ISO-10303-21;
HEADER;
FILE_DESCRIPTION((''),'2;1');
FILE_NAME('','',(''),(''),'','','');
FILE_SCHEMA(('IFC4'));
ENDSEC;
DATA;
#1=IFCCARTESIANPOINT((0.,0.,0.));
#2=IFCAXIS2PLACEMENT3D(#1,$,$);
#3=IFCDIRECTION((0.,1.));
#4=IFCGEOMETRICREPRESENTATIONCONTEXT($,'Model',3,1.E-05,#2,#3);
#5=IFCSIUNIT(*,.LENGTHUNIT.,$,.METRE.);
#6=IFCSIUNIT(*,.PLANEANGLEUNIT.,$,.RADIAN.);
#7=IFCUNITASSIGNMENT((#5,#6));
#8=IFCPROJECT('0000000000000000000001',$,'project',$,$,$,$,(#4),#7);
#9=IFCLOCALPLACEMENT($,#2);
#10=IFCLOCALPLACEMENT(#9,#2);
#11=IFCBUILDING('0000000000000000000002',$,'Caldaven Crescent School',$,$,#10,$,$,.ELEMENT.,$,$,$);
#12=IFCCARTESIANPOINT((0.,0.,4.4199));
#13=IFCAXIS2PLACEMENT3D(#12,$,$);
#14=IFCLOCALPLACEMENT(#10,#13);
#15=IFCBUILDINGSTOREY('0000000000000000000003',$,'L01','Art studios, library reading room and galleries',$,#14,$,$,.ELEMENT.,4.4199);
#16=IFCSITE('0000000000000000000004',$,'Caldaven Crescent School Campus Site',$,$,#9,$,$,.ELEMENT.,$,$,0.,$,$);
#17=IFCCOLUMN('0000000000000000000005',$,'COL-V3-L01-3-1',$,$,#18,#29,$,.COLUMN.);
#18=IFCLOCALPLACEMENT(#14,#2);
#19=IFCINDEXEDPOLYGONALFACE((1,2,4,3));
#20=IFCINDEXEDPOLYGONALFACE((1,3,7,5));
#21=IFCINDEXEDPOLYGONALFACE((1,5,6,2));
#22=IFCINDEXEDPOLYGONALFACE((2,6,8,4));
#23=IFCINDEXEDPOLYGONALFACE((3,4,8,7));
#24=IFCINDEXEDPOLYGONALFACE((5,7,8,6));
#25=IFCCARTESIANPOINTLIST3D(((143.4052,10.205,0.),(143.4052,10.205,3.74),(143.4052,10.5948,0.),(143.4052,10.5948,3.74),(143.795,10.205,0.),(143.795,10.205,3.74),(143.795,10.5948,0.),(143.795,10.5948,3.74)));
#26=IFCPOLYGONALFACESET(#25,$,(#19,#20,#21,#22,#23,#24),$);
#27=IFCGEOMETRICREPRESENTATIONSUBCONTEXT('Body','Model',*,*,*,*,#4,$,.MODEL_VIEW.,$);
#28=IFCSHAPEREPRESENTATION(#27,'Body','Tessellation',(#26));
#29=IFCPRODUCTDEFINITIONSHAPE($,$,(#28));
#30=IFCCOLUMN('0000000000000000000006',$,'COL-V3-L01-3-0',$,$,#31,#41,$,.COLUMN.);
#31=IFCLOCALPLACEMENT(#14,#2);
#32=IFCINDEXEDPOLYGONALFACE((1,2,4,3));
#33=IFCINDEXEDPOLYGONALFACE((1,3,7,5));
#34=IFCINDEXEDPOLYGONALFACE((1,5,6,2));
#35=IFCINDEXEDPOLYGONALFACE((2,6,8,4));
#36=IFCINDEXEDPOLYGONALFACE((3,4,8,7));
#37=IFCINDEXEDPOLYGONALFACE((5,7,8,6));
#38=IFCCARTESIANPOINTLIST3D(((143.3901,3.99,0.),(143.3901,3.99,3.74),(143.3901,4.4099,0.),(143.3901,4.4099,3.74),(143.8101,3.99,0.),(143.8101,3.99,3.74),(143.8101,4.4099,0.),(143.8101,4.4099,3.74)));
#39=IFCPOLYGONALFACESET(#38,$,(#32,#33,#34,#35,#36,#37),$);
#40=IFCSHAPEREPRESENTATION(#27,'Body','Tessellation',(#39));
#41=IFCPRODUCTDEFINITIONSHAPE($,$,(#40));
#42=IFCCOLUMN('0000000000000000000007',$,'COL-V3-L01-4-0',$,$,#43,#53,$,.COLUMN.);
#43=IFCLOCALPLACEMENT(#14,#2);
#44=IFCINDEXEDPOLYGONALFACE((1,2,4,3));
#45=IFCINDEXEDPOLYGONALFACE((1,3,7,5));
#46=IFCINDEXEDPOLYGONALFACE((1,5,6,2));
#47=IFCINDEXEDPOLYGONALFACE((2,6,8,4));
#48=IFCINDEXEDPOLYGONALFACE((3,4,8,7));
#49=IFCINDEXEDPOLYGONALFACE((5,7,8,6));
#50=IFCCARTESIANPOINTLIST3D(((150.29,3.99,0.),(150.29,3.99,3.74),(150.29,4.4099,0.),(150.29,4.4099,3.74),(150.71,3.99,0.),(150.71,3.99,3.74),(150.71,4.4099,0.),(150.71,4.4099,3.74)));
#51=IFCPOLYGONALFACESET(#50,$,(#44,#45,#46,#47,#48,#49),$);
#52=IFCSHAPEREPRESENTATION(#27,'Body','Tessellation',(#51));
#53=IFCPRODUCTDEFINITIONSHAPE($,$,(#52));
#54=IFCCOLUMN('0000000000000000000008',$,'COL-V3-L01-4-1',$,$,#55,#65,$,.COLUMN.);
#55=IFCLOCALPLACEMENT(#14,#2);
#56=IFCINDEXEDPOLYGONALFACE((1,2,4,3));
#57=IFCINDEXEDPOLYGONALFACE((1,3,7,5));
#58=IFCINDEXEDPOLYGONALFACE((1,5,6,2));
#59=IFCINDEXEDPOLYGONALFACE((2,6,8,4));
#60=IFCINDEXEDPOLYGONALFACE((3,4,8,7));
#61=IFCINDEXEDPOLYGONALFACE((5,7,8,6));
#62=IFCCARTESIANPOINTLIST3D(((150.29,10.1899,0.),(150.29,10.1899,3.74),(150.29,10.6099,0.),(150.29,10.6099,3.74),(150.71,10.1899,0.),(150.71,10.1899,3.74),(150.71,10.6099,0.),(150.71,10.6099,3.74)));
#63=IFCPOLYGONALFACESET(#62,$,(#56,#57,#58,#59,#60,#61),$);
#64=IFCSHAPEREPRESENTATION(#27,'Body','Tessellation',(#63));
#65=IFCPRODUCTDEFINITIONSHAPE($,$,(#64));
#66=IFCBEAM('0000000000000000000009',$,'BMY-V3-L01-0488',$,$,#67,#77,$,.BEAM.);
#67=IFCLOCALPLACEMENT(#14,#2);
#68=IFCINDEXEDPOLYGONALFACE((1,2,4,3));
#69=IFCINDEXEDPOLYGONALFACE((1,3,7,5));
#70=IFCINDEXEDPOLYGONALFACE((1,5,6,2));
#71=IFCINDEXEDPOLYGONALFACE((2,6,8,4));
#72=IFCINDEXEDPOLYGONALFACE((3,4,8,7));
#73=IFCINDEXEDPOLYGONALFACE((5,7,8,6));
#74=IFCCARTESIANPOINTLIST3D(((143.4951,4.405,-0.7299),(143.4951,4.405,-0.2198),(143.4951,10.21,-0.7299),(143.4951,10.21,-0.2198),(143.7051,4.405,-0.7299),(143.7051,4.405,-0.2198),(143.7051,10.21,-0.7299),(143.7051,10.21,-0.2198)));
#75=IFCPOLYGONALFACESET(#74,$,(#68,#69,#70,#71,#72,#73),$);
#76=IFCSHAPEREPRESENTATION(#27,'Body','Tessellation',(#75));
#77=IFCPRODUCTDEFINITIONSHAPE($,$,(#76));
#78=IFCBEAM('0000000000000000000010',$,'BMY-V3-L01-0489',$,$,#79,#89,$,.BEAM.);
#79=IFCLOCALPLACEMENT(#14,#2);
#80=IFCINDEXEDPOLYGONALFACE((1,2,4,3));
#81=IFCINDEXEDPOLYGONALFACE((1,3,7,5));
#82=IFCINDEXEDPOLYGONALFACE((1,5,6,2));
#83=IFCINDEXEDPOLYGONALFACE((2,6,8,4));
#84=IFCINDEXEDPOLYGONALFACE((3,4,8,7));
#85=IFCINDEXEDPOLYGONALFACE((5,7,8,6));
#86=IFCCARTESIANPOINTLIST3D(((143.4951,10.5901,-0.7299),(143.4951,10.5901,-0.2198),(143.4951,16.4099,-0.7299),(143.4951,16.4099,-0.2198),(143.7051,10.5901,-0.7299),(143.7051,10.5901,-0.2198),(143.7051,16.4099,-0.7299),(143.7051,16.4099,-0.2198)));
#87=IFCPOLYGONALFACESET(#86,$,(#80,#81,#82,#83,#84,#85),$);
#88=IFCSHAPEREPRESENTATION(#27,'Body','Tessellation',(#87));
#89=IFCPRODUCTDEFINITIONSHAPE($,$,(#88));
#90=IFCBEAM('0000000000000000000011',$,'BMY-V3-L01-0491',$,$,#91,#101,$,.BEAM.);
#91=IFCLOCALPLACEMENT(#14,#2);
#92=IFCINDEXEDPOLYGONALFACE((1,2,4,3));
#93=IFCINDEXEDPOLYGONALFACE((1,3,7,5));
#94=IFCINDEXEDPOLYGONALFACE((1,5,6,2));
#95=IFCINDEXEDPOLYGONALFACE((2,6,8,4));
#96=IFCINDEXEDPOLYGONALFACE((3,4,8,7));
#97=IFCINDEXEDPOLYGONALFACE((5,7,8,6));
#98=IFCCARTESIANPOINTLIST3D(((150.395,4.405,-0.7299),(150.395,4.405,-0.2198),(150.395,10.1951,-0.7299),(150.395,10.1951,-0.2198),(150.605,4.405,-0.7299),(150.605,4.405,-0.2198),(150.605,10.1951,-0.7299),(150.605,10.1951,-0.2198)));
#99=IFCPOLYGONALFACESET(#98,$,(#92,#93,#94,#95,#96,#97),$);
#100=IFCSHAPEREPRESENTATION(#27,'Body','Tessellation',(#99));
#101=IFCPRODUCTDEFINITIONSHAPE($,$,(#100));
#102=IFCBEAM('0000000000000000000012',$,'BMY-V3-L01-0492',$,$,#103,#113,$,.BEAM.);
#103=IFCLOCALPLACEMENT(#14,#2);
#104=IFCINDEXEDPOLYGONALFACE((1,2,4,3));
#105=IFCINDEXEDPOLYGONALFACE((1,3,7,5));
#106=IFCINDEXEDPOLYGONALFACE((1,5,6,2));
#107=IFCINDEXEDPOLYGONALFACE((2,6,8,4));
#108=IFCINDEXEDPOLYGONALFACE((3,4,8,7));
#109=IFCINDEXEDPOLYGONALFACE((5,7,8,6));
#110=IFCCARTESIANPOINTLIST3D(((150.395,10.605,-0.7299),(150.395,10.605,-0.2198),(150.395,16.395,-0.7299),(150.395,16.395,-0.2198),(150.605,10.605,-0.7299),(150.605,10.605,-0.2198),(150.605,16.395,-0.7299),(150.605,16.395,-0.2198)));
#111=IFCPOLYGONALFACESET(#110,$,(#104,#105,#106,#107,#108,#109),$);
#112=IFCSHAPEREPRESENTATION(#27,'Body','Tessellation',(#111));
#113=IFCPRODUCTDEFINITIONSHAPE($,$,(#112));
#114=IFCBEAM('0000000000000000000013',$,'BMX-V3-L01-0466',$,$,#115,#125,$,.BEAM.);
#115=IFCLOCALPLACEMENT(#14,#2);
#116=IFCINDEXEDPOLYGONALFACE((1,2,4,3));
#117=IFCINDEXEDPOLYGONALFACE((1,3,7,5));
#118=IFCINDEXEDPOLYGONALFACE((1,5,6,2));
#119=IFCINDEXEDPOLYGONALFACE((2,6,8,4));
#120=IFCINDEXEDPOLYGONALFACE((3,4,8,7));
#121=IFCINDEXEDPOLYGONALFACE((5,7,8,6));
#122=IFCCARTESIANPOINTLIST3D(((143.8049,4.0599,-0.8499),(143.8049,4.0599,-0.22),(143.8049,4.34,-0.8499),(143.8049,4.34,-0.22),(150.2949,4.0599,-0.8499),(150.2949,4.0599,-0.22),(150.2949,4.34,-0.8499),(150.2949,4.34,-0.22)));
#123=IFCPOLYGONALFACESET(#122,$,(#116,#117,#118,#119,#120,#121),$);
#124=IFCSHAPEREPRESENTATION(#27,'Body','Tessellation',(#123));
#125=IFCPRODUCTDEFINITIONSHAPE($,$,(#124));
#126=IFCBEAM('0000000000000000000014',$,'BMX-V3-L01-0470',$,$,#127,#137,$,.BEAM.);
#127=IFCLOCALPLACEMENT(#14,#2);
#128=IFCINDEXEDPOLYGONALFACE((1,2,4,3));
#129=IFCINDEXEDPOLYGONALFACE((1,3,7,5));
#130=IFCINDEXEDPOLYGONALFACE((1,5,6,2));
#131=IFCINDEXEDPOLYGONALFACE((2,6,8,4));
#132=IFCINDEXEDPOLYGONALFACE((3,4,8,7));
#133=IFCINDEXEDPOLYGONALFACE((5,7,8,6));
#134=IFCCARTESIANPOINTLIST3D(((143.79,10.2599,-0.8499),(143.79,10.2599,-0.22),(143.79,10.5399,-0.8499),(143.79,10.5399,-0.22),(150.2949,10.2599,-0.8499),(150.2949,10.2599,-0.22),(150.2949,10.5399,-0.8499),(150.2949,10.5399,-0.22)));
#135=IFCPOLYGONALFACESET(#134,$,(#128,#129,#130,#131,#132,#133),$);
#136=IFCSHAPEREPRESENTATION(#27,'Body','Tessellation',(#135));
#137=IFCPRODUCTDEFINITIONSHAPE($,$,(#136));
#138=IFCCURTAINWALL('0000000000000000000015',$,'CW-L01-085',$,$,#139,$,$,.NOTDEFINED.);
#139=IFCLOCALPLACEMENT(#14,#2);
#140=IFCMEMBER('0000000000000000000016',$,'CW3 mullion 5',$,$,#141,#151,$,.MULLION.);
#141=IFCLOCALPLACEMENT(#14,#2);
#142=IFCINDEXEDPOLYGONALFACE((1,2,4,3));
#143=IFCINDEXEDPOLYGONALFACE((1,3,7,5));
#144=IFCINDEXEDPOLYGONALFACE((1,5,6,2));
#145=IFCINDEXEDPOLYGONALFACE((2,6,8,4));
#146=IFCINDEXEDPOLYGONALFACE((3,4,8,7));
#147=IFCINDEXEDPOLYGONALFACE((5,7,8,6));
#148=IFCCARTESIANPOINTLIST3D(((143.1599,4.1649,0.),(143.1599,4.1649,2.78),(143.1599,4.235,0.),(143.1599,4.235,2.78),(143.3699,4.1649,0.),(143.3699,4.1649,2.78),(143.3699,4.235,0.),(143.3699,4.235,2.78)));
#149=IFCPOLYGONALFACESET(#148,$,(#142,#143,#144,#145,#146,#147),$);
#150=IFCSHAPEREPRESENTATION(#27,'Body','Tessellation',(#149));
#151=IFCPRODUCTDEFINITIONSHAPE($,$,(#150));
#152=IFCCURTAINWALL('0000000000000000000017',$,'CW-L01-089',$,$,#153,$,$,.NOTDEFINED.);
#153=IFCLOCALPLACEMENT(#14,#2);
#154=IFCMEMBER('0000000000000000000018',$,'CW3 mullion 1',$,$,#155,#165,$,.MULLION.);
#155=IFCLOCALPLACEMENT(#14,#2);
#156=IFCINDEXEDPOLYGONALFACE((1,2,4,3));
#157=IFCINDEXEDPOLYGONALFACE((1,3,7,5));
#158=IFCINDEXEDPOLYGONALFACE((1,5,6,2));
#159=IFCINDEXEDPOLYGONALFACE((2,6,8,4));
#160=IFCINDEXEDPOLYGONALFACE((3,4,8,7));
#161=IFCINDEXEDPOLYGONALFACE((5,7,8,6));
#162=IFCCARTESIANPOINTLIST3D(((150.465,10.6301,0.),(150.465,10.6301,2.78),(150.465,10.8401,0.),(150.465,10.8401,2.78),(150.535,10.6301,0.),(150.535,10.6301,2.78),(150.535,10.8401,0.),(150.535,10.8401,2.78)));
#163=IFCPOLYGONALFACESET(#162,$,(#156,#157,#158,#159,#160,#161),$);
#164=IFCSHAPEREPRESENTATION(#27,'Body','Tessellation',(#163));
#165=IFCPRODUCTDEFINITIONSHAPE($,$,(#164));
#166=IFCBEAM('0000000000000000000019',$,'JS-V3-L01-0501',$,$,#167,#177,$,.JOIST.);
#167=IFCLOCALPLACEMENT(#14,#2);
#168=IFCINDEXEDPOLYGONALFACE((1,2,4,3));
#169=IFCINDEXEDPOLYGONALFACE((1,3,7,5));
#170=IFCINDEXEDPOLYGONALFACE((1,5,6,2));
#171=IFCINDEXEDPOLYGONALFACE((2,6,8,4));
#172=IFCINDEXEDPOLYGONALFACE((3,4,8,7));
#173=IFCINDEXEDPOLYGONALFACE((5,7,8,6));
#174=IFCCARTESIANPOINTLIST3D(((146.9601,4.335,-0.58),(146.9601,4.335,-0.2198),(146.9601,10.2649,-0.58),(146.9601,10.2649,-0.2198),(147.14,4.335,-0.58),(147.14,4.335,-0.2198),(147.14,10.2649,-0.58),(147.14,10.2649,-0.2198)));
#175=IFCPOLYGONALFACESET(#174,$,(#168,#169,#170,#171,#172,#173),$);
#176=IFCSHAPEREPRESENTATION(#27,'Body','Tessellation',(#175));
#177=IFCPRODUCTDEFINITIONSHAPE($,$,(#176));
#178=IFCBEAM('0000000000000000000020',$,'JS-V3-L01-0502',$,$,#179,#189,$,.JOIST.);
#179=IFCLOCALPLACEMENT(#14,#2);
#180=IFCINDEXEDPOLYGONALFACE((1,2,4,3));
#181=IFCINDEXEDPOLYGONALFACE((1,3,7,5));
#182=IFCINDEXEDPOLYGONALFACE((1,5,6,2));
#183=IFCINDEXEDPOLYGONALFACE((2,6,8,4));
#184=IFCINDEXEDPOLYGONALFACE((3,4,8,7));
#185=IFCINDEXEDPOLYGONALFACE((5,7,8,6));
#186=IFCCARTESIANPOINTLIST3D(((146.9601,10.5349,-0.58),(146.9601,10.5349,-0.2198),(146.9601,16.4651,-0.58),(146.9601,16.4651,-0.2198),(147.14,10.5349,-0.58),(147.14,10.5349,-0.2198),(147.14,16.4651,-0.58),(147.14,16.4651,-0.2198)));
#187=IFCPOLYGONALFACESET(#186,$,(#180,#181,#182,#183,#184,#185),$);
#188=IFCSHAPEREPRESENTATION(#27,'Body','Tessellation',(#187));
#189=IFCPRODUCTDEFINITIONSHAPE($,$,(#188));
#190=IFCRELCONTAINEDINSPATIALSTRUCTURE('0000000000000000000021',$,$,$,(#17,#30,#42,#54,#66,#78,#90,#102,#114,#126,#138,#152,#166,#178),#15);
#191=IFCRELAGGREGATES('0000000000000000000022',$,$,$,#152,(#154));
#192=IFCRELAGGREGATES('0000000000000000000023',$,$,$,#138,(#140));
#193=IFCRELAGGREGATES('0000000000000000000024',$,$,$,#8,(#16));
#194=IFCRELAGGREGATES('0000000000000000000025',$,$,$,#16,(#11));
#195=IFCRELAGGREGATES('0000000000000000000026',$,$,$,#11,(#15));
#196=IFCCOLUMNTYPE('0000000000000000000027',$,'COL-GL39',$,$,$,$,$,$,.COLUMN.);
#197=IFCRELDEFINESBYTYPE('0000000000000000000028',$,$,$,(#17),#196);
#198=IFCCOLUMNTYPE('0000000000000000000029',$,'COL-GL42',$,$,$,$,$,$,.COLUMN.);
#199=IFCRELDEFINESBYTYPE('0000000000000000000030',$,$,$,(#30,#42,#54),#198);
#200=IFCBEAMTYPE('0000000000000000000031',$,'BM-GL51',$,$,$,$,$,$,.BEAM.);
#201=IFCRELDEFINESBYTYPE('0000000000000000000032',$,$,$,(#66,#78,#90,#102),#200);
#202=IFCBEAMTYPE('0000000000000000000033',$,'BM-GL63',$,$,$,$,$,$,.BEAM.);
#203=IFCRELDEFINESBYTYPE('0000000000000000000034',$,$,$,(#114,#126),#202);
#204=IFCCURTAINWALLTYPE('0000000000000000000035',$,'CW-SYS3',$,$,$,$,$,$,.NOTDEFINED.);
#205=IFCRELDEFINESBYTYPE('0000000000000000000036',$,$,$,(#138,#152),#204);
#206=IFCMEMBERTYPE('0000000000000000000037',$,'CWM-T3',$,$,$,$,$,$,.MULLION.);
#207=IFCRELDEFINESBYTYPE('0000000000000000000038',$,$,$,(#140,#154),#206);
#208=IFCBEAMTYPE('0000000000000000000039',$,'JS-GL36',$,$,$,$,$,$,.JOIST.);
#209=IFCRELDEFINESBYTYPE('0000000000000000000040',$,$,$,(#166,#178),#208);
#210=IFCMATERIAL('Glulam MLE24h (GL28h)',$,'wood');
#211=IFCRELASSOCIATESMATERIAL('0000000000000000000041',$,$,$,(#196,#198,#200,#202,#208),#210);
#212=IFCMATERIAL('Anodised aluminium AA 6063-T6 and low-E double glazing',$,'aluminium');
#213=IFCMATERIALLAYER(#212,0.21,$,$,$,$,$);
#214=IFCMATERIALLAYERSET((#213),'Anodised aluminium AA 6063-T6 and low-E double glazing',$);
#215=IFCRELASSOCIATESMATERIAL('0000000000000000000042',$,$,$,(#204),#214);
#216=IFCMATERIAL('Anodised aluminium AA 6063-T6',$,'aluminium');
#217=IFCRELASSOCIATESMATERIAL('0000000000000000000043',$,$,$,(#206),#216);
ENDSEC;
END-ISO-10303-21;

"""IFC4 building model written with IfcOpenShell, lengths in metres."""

from ifc_helpers import new_model, si_unit, direction, frame, origin, origin_2d, place, context, subcontext, project, spatial, rectangle, extrude, material, layer, layer_set, material_profile, profile_set, type_object, element, aggregate, save


model = new_model("IFC4")

# Units and contexts
model_context = context("Model", 3, precision=1e-05, world=origin(), true_north=direction((0.0, 1.0)))
body_context = subcontext(model_context, "Body", "Model", "MODEL_VIEW")
ifc_project = project(units=[si_unit("LENGTHUNIT", "METRE"), si_unit("PLANEANGLEUNIT", "RADIAN")], contexts=[model_context])

# Site, building, storey
site_placement = place(None, origin())
site = spatial("IfcSite", under=ifc_project, at=site_placement, Name="Caldaven Crescent School Campus Site", CompositionType="ELEMENT", RefElevation=0.0)
building_placement = place(site_placement, origin())
building = spatial("IfcBuilding", under=site, at=building_placement, Name="Caldaven Crescent School", CompositionType="ELEMENT")
storey_placement = place(building_placement, frame((0.0, 0.0, 4.4199)))
storey = spatial("IfcBuildingStorey", under=building, at=storey_placement, Name="L01", Description="Art studios, library reading room and galleries", CompositionType="ELEMENT", Elevation=4.4199)

# Columns
ifc_material_1 = material(Name="Glulam MLE24h (GL28h)", Category="wood")
ifc_material_profile_1 = material_profile(ifc_material_1, rectangle(XDim=0.3899, YDim=0.3899, at=origin_2d()), Name="MLE 390x390")
ifc_profile_set_1 = profile_set([ifc_material_profile_1], Name="Glulam MLE24h (GL28h)")
column_type_1 = type_object("IfcColumnType", Name="COL-GL39", PredefinedType="COLUMN", material=ifc_profile_set_1)
column_placement = place(storey_placement, frame((143.6001, 10.3999, 0.0), z_axis=(0.0, 0.0, 1.0), x_axis=(1.0, 0.0, 0.0)))
element("IfcColumn", 1, at=column_placement, inside=storey, type_object=column_type_1, Name="COL-V3-L01-3-1", PredefinedType="COLUMN", context=body_context, shape_type="SweptSolid", body=[
    extrude(rectangle(XDim=0.3899, YDim=0.3899, at=origin_2d()), origin(), (0.0, 0.0, 1.0), 3.74),
])
ifc_material_profile_2 = material_profile(ifc_material_1, rectangle(XDim=0.4199, YDim=0.4199, at=origin_2d()), Name="MLE 420x420")
ifc_profile_set_2 = profile_set([ifc_material_profile_2], Name="Glulam MLE24h (GL28h)")
column_type_2 = type_object("IfcColumnType", Name="COL-GL42", PredefinedType="COLUMN", material=ifc_profile_set_2)
for number, where, z_axis, x_axis, name in (
    (2, (143.6001, 4.2, 0.0), (0.0, 0.0, 1.0), (1.0, 0.0, 0.0), "COL-V3-L01-3-0"),
    (3, (150.5, 4.2, 0.0), (0.0, 0.0, 1.0), (1.0, 0.0, 0.0), "COL-V3-L01-4-0"),
    (4, (150.5, 10.3999, 0.0), (0.0, 0.0, 1.0), (1.0, 0.0, 0.0), "COL-V3-L01-4-1"),
):
    element("IfcColumn", number, at=place(storey_placement, frame(where, z_axis=z_axis, x_axis=x_axis)), inside=storey, type_object=column_type_2, Name=name, PredefinedType="COLUMN", context=body_context, shape_type="SweptSolid", body=[
        extrude(rectangle(XDim=0.4199, YDim=0.4199, at=origin_2d()), origin(), (0.0, 0.0, 1.0), 3.74),
    ])

# Beams
ifc_material_profile_3 = material_profile(ifc_material_1, rectangle(XDim=0.21, YDim=0.51, at=origin_2d()), Name="MLE 210x510")
ifc_profile_set_3 = profile_set([ifc_material_profile_3], Name="Glulam MLE24h (GL28h)")
beam_type_1 = type_object("IfcBeamType", Name="BM-GL51", PredefinedType="BEAM", material=ifc_profile_set_3)
beam_1_placement = place(storey_placement, frame((143.6001, 4.405, -0.4749), z_axis=(0.0, 1.0, 0.0), x_axis=(-1.0, 0.0, 0.0)))
element("IfcBeam", 5, at=beam_1_placement, inside=storey, type_object=beam_type_1, Name="BMY-V3-L01-0488", PredefinedType="BEAM", context=body_context, shape_type="SweptSolid", body=[
    extrude(rectangle(XDim=0.21, YDim=0.51, at=origin_2d()), origin(), (0.0, 0.0, 1.0), 5.8049),
])
beam_2_placement = place(storey_placement, frame((143.6001, 10.5901, -0.4749), z_axis=(0.0, 1.0, 0.0), x_axis=(-1.0, 0.0, 0.0)))
element("IfcBeam", 6, at=beam_2_placement, inside=storey, type_object=beam_type_1, Name="BMY-V3-L01-0489", PredefinedType="BEAM", context=body_context, shape_type="SweptSolid", body=[
    extrude(rectangle(XDim=0.21, YDim=0.51, at=origin_2d()), origin(), (0.0, 0.0, 1.0), 5.8198),
])
for number, where, z_axis, x_axis, name in (
    (7, (150.5, 4.405, -0.4749), (0.0, 1.0, 0.0), (-1.0, 0.0, 0.0), "BMY-V3-L01-0491"),
    (8, (150.5, 10.605, -0.4749), (0.0, 1.0, 0.0), (-1.0, 0.0, 0.0), "BMY-V3-L01-0492"),
):
    element("IfcBeam", number, at=place(storey_placement, frame(where, z_axis=z_axis, x_axis=x_axis)), inside=storey, type_object=beam_type_1, Name=name, PredefinedType="BEAM", context=body_context, shape_type="SweptSolid", body=[
        extrude(rectangle(XDim=0.21, YDim=0.51, at=origin_2d()), origin(), (0.0, 0.0, 1.0), 5.79),
    ])
ifc_material_profile_4 = material_profile(ifc_material_1, rectangle(XDim=0.28, YDim=0.6299, at=origin_2d()), Name="MLE 280x630")
ifc_profile_set_4 = profile_set([ifc_material_profile_4], Name="Glulam MLE24h (GL28h)")
beam_type_2 = type_object("IfcBeamType", Name="BM-GL63", PredefinedType="BEAM", material=ifc_profile_set_4)
beam_3_placement = place(storey_placement, frame((143.8049, 4.2, -0.5349), z_axis=(1.0, 0.0, 0.0), x_axis=(0.0, 1.0, 0.0)))
element("IfcBeam", 9, at=beam_3_placement, inside=storey, type_object=beam_type_2, Name="BMX-V3-L01-0466", PredefinedType="BEAM", context=body_context, shape_type="SweptSolid", body=[
    extrude(rectangle(XDim=0.28, YDim=0.6299, at=origin_2d()), origin(), (0.0, 0.0, 1.0), 6.49),
])
beam_4_placement = place(storey_placement, frame((143.79, 10.3999, -0.5349), z_axis=(1.0, 0.0, 0.0), x_axis=(0.0, 1.0, 0.0)))
element("IfcBeam", 10, at=beam_4_placement, inside=storey, type_object=beam_type_2, Name="BMX-V3-L01-0470", PredefinedType="BEAM", context=body_context, shape_type="SweptSolid", body=[
    extrude(rectangle(XDim=0.28, YDim=0.6299, at=origin_2d()), origin(), (0.0, 0.0, 1.0), 6.5049),
])

# Curtain walls, members
ifc_material_2 = material(Name="Anodised aluminium AA 6063-T6 and low-E double glazing", Category="aluminium")
ifc_layer_1 = layer(ifc_material_2, 0.21)
ifc_layer_set_1 = layer_set([ifc_layer_1], Name="Anodised aluminium AA 6063-T6 and low-E double glazing")
curtain_wall_type = type_object("IfcCurtainWallType", Name="CW-SYS3", PredefinedType="NOTDEFINED", material=ifc_layer_set_1)
curtain_wall_1_placement = place(storey_placement, origin())
curtain_wall_1 = element("IfcCurtainWall", 11, at=curtain_wall_1_placement, inside=storey, type_object=curtain_wall_type, Name="CW-L01-085", PredefinedType="NOTDEFINED")
ifc_material_3 = material(Name="Anodised aluminium AA 6063-T6", Category="aluminium")
ifc_material_profile_5 = material_profile(ifc_material_3, rectangle(XDim=0.0701, YDim=0.21, at=origin_2d()), Name="CWM 70x210")
ifc_profile_set_5 = profile_set([ifc_material_profile_5], Name="Anodised aluminium AA 6063-T6")
member_type = type_object("IfcMemberType", Name="CWM-T3", PredefinedType="MULLION", material=ifc_profile_set_5)
member_1_placement = place(storey_placement, frame((143.2649, 4.2, 0.0), z_axis=(0.0, 0.0, 1.0), x_axis=(0.0, 1.0, 0.0)))
member_1 = element("IfcMember", 12, at=member_1_placement, type_object=member_type, Name="CW3 mullion 5", PredefinedType="MULLION", context=body_context, shape_type="SweptSolid", body=[
    extrude(rectangle(XDim=0.0701, YDim=0.21, at=origin_2d()), origin(), (0.0, 0.0, 1.0), 2.78),
])
curtain_wall_2_placement = place(storey_placement, origin())
curtain_wall_2 = element("IfcCurtainWall", 13, at=curtain_wall_2_placement, inside=storey, type_object=curtain_wall_type, Name="CW-L01-089", PredefinedType="NOTDEFINED")
member_2_placement = place(storey_placement, frame((150.5, 10.7351, 0.0), z_axis=(0.0, 0.0, 1.0), x_axis=(-1.0, 0.0, 0.0)))
member_2 = element("IfcMember", 14, at=member_2_placement, type_object=member_type, Name="CW3 mullion 1", PredefinedType="MULLION", context=body_context, shape_type="SweptSolid", body=[
    extrude(rectangle(XDim=0.0701, YDim=0.21, at=origin_2d()), origin(), (0.0, 0.0, 1.0), 2.78),
])
aggregate(curtain_wall_2, [member_2])

# Beams
ifc_material_profile_6 = material_profile(ifc_material_1, rectangle(XDim=0.1799, YDim=0.3601, at=origin_2d()), Name="MLE 180x360")
ifc_profile_set_6 = profile_set([ifc_material_profile_6], Name="Glulam MLE24h (GL28h)")
beam_type_3 = type_object("IfcBeamType", Name="JS-GL36", PredefinedType="JOIST", material=ifc_profile_set_6)
beam_5_placement = place(storey_placement, frame((147.05, 4.335, -0.3999), z_axis=(0.0, 1.0, 0.0), x_axis=(-1.0, 0.0, 0.0)))
element("IfcBeam", 15, at=beam_5_placement, inside=storey, type_object=beam_type_3, Name="JS-V3-L01-0501", PredefinedType="JOIST", context=body_context, shape_type="SweptSolid", body=[
    extrude(rectangle(XDim=0.1799, YDim=0.3601, at=origin_2d()), origin(), (0.0, 0.0, 1.0), 5.9299),
])
beam_6_placement = place(storey_placement, frame((147.05, 10.5349, -0.3999), z_axis=(0.0, 1.0, 0.0), x_axis=(-1.0, 0.0, 0.0)))
element("IfcBeam", 16, at=beam_6_placement, inside=storey, type_object=beam_type_3, Name="JS-V3-L01-0502", PredefinedType="JOIST", context=body_context, shape_type="SweptSolid", body=[
    extrude(rectangle(XDim=0.1799, YDim=0.3601, at=origin_2d()), origin(), (0.0, 0.0, 1.0), 5.9302),
])

aggregate(curtain_wall_1, [member_1])

save(model, "model.ifc")
